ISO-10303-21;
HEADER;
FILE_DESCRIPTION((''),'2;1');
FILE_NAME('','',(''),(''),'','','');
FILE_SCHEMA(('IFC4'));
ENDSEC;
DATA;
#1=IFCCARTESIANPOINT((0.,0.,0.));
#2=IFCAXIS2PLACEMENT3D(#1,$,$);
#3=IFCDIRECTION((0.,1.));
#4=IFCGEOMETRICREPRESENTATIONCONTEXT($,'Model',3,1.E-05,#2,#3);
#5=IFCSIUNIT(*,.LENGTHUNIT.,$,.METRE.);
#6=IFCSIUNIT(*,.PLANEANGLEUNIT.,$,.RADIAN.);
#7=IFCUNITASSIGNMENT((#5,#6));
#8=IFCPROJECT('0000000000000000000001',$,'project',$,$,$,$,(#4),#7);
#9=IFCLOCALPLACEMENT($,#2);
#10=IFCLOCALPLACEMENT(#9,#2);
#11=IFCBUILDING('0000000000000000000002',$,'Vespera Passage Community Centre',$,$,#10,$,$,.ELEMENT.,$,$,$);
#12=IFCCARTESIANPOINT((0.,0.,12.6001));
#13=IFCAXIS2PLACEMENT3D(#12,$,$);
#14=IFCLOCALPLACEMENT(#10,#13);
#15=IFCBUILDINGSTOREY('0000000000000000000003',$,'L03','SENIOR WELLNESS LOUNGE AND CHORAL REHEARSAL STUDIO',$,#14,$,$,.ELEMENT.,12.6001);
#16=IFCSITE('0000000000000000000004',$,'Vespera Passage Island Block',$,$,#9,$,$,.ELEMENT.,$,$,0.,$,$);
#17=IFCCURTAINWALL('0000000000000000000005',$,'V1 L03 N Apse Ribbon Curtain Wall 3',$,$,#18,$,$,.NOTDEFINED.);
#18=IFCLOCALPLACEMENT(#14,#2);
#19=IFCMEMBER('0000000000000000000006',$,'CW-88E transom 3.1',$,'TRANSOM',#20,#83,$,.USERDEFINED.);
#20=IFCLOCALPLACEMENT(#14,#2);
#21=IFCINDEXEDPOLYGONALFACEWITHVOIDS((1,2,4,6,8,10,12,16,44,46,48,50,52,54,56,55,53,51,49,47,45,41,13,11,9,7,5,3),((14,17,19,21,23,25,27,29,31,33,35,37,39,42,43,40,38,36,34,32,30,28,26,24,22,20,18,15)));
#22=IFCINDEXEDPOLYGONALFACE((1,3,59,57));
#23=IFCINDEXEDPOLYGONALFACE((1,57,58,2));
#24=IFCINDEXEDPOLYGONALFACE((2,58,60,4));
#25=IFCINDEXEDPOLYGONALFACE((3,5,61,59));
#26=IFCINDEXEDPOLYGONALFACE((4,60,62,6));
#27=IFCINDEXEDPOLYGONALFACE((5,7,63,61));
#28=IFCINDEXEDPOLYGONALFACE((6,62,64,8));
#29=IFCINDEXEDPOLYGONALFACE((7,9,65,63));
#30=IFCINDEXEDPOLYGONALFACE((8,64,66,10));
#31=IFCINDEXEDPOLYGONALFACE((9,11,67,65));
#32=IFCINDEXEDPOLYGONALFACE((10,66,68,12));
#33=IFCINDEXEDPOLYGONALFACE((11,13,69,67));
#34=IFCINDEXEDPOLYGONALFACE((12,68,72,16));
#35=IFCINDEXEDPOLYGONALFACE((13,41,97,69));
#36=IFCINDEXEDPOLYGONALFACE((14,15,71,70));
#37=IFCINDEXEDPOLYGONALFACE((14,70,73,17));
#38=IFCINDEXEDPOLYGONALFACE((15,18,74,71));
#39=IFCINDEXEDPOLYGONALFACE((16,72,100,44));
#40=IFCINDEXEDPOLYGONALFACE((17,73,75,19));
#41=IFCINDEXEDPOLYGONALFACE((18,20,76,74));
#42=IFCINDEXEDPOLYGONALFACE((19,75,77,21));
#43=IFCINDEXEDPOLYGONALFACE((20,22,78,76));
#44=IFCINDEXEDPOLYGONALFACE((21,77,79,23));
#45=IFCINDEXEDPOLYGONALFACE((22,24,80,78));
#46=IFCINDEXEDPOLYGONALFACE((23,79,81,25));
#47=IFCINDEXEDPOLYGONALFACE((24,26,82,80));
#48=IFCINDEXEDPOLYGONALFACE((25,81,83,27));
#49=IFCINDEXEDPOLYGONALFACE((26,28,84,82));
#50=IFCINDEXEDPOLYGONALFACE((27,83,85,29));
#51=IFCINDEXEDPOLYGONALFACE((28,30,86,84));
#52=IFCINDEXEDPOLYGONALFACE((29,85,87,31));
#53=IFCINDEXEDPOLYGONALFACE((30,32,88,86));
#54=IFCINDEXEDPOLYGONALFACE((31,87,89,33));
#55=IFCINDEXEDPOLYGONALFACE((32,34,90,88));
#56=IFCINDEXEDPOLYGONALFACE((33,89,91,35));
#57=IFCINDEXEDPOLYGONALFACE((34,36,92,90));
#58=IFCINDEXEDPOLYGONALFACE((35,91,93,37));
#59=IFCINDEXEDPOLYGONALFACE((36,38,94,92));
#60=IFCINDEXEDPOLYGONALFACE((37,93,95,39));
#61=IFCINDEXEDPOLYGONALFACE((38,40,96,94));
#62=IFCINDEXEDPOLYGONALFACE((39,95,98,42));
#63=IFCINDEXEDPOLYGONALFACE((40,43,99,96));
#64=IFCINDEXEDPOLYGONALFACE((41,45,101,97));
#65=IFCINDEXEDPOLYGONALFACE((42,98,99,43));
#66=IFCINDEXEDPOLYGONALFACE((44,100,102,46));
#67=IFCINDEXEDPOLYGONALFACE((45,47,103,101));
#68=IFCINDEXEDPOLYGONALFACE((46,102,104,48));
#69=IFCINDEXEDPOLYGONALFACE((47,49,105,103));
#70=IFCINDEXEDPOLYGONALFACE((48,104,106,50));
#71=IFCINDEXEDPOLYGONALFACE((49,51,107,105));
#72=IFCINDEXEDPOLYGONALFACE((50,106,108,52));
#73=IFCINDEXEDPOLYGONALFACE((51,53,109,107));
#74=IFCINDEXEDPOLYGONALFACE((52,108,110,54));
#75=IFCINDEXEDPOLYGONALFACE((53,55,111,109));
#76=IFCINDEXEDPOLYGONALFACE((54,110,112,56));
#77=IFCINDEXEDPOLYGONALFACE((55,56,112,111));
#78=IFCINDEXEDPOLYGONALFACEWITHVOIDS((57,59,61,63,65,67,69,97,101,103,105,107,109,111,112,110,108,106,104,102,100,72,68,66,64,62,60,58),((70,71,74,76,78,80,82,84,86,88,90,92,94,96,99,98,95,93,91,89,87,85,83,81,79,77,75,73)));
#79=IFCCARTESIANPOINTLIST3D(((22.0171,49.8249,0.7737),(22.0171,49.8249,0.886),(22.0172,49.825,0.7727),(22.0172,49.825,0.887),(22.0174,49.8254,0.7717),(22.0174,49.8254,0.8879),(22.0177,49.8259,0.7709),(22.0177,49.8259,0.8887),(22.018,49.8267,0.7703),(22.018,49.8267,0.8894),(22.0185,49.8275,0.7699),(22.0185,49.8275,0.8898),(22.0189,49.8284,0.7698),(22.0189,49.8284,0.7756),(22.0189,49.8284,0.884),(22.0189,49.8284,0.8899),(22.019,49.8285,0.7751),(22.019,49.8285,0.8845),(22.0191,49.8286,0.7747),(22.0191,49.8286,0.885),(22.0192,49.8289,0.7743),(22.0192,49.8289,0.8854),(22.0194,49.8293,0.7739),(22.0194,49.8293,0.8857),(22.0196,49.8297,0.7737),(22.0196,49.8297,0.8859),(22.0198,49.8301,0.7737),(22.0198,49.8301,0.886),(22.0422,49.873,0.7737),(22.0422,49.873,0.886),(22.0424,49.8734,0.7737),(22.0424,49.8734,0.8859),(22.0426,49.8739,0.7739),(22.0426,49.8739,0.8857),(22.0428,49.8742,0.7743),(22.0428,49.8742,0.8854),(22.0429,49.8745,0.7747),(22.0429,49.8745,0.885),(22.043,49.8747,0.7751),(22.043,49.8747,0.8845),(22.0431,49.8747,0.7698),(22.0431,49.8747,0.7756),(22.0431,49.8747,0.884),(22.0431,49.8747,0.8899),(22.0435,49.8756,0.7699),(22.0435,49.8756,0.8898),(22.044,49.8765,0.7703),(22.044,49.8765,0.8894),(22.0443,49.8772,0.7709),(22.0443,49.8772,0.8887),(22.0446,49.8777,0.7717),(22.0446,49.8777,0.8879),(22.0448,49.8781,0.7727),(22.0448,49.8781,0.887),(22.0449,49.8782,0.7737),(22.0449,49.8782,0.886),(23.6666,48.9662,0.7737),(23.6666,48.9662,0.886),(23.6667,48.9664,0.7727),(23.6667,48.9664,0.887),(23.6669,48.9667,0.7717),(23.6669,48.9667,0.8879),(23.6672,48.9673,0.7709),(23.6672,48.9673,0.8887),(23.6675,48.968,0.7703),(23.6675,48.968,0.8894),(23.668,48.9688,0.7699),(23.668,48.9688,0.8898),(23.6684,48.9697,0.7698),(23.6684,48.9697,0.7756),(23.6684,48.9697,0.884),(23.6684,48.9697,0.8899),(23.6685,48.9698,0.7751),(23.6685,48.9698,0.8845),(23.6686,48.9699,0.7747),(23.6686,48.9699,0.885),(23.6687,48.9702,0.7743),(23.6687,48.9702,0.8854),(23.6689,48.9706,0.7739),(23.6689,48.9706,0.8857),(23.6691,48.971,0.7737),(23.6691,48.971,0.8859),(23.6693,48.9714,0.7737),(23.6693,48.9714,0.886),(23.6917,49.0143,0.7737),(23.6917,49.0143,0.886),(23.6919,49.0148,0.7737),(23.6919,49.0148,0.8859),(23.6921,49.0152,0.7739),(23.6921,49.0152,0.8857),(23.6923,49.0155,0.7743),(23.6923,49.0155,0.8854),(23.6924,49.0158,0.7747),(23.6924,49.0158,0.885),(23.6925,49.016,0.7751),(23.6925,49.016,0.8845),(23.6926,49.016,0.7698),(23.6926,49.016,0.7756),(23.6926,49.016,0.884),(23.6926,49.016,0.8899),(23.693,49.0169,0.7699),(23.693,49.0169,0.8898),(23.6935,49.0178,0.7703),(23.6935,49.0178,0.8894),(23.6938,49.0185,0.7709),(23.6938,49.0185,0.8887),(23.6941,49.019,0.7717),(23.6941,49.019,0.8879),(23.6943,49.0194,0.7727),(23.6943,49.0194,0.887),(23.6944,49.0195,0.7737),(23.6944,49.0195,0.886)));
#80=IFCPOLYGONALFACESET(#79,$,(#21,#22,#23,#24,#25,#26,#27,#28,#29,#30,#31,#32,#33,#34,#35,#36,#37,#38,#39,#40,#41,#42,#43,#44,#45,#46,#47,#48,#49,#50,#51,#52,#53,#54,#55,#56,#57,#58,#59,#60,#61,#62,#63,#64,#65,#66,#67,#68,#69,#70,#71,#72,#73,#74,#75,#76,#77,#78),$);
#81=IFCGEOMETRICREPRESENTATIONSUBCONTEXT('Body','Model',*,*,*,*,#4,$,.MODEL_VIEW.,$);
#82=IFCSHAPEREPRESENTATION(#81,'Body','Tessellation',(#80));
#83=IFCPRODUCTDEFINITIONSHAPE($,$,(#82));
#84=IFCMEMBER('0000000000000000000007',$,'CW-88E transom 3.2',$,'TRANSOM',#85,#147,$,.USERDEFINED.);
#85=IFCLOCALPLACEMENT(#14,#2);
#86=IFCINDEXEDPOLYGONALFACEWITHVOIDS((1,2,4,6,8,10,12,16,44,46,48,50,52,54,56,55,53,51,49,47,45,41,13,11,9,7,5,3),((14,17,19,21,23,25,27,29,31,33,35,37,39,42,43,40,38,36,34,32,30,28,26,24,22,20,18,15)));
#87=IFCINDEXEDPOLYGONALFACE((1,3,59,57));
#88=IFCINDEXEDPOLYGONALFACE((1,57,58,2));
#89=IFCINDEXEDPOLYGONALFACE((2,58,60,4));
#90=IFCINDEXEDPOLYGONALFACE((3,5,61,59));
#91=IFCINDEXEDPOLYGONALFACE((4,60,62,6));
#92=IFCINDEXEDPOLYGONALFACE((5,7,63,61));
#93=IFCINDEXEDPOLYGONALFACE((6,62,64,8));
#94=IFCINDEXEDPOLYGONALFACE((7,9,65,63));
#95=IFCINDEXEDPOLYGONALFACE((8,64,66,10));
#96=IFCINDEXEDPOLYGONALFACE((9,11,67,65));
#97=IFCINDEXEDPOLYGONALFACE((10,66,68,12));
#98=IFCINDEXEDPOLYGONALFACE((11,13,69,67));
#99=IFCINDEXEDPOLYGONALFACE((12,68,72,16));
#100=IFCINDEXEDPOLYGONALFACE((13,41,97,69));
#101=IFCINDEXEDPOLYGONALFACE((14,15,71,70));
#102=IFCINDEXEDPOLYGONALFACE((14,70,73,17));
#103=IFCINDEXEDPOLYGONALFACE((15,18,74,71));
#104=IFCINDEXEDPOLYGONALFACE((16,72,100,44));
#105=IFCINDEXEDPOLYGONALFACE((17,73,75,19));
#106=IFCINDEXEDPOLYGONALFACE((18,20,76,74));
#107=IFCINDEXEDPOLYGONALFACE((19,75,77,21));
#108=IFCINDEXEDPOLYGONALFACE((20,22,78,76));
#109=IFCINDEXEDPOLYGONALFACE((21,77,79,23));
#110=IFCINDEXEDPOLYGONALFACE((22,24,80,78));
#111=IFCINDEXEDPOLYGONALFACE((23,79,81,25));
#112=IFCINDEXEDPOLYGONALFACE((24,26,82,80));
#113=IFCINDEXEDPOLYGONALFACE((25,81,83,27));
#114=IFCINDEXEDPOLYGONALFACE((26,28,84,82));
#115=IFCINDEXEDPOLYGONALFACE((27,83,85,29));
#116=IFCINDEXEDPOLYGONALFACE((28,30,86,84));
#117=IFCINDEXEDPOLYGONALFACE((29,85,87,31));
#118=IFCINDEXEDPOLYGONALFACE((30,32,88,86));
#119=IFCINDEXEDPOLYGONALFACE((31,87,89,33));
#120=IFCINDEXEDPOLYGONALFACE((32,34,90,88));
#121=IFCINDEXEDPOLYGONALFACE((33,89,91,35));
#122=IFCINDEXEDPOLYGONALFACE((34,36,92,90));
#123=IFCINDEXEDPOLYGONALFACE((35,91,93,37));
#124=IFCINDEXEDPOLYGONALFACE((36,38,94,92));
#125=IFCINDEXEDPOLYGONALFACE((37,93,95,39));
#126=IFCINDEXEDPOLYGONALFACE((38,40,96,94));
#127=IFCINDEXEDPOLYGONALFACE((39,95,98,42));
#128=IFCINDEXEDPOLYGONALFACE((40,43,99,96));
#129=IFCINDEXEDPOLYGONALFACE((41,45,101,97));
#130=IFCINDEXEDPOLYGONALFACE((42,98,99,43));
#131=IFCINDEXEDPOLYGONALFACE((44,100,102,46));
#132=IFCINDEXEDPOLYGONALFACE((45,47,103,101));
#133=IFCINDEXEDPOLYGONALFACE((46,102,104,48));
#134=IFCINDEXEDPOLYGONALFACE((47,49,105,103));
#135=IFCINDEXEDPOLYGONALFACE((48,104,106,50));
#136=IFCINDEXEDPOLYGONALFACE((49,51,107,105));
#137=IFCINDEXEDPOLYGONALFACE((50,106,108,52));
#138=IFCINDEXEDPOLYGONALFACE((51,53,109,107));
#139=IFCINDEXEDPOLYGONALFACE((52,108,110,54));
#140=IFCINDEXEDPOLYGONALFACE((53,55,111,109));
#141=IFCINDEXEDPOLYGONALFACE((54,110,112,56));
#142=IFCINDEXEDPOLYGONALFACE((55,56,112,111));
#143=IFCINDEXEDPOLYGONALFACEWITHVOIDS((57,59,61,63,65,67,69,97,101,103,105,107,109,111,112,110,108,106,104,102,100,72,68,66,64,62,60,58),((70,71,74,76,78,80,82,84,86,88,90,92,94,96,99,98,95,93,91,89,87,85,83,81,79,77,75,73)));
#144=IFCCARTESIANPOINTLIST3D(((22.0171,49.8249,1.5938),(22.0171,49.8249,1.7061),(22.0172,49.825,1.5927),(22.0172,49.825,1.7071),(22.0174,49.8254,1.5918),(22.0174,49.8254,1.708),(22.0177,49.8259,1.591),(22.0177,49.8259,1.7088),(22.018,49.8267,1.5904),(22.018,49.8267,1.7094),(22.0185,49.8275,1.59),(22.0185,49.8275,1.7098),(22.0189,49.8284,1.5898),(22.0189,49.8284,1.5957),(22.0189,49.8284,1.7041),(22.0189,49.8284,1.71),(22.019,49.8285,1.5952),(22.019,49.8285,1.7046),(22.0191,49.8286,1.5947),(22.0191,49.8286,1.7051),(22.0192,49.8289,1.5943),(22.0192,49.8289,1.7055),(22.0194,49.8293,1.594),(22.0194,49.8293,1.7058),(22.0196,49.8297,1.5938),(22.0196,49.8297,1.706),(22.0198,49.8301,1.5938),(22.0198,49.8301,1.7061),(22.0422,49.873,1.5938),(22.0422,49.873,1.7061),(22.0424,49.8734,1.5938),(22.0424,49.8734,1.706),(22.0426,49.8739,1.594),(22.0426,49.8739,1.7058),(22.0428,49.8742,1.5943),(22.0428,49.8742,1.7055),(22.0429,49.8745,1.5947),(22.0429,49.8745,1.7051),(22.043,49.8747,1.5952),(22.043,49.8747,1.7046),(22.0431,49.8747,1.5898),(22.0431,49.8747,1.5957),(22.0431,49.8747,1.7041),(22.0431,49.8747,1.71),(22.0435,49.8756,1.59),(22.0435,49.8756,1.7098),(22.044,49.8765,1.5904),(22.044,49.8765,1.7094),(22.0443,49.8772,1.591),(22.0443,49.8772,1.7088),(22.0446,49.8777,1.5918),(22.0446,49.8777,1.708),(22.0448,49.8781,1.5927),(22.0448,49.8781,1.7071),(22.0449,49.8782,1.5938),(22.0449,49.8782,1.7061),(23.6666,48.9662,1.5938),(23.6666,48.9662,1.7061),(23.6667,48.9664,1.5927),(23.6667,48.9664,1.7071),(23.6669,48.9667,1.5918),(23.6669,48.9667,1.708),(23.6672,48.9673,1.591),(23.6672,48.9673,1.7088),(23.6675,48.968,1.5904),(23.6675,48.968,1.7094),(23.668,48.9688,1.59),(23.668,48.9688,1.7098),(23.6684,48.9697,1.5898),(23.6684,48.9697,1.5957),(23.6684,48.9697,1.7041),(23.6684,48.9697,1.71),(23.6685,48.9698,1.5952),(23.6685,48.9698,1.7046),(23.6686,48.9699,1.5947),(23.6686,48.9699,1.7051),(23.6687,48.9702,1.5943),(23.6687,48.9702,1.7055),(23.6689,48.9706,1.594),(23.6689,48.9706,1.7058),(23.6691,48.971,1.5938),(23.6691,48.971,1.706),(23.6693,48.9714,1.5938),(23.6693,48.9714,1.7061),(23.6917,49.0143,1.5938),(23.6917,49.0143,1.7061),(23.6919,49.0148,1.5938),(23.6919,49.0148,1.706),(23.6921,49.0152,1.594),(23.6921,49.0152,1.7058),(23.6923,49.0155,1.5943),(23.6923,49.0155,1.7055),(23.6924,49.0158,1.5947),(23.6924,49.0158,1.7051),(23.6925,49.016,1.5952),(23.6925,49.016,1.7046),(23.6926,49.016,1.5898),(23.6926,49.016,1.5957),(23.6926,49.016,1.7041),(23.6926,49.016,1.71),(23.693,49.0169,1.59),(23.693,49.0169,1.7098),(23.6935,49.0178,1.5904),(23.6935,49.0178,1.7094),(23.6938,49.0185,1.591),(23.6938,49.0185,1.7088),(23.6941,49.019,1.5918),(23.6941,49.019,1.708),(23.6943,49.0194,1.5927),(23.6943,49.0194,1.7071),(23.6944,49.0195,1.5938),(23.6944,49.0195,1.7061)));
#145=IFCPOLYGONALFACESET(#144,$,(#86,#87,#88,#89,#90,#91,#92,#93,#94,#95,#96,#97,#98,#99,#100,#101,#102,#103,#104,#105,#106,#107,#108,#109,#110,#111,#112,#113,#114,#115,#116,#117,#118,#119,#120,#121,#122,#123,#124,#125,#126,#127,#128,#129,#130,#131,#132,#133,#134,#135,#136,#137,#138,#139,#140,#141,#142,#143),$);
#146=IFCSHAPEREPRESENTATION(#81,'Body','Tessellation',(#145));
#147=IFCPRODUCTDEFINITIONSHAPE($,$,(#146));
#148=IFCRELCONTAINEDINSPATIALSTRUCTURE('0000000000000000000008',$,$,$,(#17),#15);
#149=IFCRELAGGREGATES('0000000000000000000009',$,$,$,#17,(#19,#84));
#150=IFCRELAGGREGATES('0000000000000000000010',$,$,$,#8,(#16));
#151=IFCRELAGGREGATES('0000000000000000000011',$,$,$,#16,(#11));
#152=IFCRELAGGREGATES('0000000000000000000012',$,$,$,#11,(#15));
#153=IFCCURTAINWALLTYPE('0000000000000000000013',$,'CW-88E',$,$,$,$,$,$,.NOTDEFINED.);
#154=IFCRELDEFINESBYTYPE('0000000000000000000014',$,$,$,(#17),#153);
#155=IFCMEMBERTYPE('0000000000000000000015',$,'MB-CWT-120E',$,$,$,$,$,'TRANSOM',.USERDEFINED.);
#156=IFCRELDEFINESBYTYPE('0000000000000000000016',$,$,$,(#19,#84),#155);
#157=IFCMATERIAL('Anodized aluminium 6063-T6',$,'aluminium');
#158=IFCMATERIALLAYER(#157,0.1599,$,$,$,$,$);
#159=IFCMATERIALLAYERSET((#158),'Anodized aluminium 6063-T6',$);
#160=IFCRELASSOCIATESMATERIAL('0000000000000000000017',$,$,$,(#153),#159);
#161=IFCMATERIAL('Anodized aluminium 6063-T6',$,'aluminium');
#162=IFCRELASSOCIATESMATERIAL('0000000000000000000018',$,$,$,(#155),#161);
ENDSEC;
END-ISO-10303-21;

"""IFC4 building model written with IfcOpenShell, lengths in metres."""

from ifc_helpers import new_model, si_unit, direction, frame, origin, origin_2d, place, context, subcontext, project, spatial, hollow_rectangle, extrude, material, layer, layer_set, material_profile, profile_set, type_object, element, aggregate, save


model = new_model("IFC4")

# Units and contexts
model_context = context("Model", 3, precision=1e-05, world=origin(), true_north=direction((0.0, 1.0)))
body_context = subcontext(model_context, "Body", "Model", "MODEL_VIEW")
ifc_project = project(units=[si_unit("LENGTHUNIT", "METRE"), si_unit("PLANEANGLEUNIT", "RADIAN")], contexts=[model_context])

# Site, building, storey
site_placement = place(None, origin())
site = spatial("IfcSite", under=ifc_project, at=site_placement, Name="Vespera Passage Island Block", CompositionType="ELEMENT", RefElevation=0.0)
building_placement = place(site_placement, origin())
building = spatial("IfcBuilding", under=site, at=building_placement, Name="Vespera Passage Community Centre", CompositionType="ELEMENT")
storey_placement = place(building_placement, frame((0.0, 0.0, 12.6001)))
storey = spatial("IfcBuildingStorey", under=building, at=storey_placement, Name="L03", Description="SENIOR WELLNESS LOUNGE AND CHORAL REHEARSAL STUDIO", CompositionType="ELEMENT", Elevation=12.6001)

# Shared definitions
ifc_material_1 = material(Name="Anodized aluminium 6063-T6", Category="aluminium")
ifc_layer_1 = layer(ifc_material_1, 0.1599)
ifc_layer_set_1 = layer_set([ifc_layer_1], Name="Anodized aluminium 6063-T6")
curtain_wall_type = type_object("IfcCurtainWallType", Name="CW-88E", PredefinedType="NOTDEFINED", material=ifc_layer_set_1)

# Curtain wall, members
curtain_wall_1_placement = place(storey_placement, origin())
curtain_wall_1 = element("IfcCurtainWall", 1, at=curtain_wall_1_placement, inside=storey, type_object=curtain_wall_type, Name="V1 L03 N Apse Ribbon Curtain Wall 3", PredefinedType="NOTDEFINED")
ifc_material_2 = material(Name="Anodized aluminium 6063-T6", Category="aluminium")
ifc_material_profile_1 = material_profile(ifc_material_2, hollow_rectangle(XDim=0.0601, YDim=0.1201, WallThickness=0.0039, InnerFilletRadius=0.002, OuterFilletRadius=0.0039, at=origin_2d()), Name="ALU120X60X4")
ifc_profile_set_1 = profile_set([ifc_material_profile_1], Name="Anodized aluminium 6063-T6")
member_type_1 = type_object("IfcMemberType", Name="MB-CWT-120E", ElementType="TRANSOM", PredefinedType="USERDEFINED", material=ifc_profile_set_1)
member_1_placement = place(storey_placement, frame((22.031, 49.8516, 0.8298), z_axis=(0.887008, -0.461754, 0.0), x_axis=(0.461754, 0.887008, 0.0)))
member_1 = element("IfcMember", 2, at=member_1_placement, type_object=member_type_1, Name="CW-88E transom 3.1", ObjectType="TRANSOM", PredefinedType="USERDEFINED", context=body_context, shape_type="SweptSolid", body=[
    extrude(hollow_rectangle(XDim=0.0601, YDim=0.1201, WallThickness=0.0039, InnerFilletRadius=0.002, OuterFilletRadius=0.0039, at=origin_2d()), origin(), (0.0, 0.0, 1.0), 1.8596),
])
member_2_placement = place(storey_placement, frame((22.031, 49.8516, 1.6499), z_axis=(0.887008, -0.461754, 0.0), x_axis=(0.461754, 0.887008, 0.0)))
member_2 = element("IfcMember", 3, at=member_2_placement, type_object=member_type_1, Name="CW-88E transom 3.2", ObjectType="TRANSOM", PredefinedType="USERDEFINED", context=body_context, shape_type="SweptSolid", body=[
    extrude(hollow_rectangle(XDim=0.0601, YDim=0.1201, WallThickness=0.0039, InnerFilletRadius=0.002, OuterFilletRadius=0.0039, at=origin_2d()), origin(), (0.0, 0.0, 1.0), 1.8596),
])
aggregate(curtain_wall_1, [member_1, member_2])

save(model, "model.ifc")
